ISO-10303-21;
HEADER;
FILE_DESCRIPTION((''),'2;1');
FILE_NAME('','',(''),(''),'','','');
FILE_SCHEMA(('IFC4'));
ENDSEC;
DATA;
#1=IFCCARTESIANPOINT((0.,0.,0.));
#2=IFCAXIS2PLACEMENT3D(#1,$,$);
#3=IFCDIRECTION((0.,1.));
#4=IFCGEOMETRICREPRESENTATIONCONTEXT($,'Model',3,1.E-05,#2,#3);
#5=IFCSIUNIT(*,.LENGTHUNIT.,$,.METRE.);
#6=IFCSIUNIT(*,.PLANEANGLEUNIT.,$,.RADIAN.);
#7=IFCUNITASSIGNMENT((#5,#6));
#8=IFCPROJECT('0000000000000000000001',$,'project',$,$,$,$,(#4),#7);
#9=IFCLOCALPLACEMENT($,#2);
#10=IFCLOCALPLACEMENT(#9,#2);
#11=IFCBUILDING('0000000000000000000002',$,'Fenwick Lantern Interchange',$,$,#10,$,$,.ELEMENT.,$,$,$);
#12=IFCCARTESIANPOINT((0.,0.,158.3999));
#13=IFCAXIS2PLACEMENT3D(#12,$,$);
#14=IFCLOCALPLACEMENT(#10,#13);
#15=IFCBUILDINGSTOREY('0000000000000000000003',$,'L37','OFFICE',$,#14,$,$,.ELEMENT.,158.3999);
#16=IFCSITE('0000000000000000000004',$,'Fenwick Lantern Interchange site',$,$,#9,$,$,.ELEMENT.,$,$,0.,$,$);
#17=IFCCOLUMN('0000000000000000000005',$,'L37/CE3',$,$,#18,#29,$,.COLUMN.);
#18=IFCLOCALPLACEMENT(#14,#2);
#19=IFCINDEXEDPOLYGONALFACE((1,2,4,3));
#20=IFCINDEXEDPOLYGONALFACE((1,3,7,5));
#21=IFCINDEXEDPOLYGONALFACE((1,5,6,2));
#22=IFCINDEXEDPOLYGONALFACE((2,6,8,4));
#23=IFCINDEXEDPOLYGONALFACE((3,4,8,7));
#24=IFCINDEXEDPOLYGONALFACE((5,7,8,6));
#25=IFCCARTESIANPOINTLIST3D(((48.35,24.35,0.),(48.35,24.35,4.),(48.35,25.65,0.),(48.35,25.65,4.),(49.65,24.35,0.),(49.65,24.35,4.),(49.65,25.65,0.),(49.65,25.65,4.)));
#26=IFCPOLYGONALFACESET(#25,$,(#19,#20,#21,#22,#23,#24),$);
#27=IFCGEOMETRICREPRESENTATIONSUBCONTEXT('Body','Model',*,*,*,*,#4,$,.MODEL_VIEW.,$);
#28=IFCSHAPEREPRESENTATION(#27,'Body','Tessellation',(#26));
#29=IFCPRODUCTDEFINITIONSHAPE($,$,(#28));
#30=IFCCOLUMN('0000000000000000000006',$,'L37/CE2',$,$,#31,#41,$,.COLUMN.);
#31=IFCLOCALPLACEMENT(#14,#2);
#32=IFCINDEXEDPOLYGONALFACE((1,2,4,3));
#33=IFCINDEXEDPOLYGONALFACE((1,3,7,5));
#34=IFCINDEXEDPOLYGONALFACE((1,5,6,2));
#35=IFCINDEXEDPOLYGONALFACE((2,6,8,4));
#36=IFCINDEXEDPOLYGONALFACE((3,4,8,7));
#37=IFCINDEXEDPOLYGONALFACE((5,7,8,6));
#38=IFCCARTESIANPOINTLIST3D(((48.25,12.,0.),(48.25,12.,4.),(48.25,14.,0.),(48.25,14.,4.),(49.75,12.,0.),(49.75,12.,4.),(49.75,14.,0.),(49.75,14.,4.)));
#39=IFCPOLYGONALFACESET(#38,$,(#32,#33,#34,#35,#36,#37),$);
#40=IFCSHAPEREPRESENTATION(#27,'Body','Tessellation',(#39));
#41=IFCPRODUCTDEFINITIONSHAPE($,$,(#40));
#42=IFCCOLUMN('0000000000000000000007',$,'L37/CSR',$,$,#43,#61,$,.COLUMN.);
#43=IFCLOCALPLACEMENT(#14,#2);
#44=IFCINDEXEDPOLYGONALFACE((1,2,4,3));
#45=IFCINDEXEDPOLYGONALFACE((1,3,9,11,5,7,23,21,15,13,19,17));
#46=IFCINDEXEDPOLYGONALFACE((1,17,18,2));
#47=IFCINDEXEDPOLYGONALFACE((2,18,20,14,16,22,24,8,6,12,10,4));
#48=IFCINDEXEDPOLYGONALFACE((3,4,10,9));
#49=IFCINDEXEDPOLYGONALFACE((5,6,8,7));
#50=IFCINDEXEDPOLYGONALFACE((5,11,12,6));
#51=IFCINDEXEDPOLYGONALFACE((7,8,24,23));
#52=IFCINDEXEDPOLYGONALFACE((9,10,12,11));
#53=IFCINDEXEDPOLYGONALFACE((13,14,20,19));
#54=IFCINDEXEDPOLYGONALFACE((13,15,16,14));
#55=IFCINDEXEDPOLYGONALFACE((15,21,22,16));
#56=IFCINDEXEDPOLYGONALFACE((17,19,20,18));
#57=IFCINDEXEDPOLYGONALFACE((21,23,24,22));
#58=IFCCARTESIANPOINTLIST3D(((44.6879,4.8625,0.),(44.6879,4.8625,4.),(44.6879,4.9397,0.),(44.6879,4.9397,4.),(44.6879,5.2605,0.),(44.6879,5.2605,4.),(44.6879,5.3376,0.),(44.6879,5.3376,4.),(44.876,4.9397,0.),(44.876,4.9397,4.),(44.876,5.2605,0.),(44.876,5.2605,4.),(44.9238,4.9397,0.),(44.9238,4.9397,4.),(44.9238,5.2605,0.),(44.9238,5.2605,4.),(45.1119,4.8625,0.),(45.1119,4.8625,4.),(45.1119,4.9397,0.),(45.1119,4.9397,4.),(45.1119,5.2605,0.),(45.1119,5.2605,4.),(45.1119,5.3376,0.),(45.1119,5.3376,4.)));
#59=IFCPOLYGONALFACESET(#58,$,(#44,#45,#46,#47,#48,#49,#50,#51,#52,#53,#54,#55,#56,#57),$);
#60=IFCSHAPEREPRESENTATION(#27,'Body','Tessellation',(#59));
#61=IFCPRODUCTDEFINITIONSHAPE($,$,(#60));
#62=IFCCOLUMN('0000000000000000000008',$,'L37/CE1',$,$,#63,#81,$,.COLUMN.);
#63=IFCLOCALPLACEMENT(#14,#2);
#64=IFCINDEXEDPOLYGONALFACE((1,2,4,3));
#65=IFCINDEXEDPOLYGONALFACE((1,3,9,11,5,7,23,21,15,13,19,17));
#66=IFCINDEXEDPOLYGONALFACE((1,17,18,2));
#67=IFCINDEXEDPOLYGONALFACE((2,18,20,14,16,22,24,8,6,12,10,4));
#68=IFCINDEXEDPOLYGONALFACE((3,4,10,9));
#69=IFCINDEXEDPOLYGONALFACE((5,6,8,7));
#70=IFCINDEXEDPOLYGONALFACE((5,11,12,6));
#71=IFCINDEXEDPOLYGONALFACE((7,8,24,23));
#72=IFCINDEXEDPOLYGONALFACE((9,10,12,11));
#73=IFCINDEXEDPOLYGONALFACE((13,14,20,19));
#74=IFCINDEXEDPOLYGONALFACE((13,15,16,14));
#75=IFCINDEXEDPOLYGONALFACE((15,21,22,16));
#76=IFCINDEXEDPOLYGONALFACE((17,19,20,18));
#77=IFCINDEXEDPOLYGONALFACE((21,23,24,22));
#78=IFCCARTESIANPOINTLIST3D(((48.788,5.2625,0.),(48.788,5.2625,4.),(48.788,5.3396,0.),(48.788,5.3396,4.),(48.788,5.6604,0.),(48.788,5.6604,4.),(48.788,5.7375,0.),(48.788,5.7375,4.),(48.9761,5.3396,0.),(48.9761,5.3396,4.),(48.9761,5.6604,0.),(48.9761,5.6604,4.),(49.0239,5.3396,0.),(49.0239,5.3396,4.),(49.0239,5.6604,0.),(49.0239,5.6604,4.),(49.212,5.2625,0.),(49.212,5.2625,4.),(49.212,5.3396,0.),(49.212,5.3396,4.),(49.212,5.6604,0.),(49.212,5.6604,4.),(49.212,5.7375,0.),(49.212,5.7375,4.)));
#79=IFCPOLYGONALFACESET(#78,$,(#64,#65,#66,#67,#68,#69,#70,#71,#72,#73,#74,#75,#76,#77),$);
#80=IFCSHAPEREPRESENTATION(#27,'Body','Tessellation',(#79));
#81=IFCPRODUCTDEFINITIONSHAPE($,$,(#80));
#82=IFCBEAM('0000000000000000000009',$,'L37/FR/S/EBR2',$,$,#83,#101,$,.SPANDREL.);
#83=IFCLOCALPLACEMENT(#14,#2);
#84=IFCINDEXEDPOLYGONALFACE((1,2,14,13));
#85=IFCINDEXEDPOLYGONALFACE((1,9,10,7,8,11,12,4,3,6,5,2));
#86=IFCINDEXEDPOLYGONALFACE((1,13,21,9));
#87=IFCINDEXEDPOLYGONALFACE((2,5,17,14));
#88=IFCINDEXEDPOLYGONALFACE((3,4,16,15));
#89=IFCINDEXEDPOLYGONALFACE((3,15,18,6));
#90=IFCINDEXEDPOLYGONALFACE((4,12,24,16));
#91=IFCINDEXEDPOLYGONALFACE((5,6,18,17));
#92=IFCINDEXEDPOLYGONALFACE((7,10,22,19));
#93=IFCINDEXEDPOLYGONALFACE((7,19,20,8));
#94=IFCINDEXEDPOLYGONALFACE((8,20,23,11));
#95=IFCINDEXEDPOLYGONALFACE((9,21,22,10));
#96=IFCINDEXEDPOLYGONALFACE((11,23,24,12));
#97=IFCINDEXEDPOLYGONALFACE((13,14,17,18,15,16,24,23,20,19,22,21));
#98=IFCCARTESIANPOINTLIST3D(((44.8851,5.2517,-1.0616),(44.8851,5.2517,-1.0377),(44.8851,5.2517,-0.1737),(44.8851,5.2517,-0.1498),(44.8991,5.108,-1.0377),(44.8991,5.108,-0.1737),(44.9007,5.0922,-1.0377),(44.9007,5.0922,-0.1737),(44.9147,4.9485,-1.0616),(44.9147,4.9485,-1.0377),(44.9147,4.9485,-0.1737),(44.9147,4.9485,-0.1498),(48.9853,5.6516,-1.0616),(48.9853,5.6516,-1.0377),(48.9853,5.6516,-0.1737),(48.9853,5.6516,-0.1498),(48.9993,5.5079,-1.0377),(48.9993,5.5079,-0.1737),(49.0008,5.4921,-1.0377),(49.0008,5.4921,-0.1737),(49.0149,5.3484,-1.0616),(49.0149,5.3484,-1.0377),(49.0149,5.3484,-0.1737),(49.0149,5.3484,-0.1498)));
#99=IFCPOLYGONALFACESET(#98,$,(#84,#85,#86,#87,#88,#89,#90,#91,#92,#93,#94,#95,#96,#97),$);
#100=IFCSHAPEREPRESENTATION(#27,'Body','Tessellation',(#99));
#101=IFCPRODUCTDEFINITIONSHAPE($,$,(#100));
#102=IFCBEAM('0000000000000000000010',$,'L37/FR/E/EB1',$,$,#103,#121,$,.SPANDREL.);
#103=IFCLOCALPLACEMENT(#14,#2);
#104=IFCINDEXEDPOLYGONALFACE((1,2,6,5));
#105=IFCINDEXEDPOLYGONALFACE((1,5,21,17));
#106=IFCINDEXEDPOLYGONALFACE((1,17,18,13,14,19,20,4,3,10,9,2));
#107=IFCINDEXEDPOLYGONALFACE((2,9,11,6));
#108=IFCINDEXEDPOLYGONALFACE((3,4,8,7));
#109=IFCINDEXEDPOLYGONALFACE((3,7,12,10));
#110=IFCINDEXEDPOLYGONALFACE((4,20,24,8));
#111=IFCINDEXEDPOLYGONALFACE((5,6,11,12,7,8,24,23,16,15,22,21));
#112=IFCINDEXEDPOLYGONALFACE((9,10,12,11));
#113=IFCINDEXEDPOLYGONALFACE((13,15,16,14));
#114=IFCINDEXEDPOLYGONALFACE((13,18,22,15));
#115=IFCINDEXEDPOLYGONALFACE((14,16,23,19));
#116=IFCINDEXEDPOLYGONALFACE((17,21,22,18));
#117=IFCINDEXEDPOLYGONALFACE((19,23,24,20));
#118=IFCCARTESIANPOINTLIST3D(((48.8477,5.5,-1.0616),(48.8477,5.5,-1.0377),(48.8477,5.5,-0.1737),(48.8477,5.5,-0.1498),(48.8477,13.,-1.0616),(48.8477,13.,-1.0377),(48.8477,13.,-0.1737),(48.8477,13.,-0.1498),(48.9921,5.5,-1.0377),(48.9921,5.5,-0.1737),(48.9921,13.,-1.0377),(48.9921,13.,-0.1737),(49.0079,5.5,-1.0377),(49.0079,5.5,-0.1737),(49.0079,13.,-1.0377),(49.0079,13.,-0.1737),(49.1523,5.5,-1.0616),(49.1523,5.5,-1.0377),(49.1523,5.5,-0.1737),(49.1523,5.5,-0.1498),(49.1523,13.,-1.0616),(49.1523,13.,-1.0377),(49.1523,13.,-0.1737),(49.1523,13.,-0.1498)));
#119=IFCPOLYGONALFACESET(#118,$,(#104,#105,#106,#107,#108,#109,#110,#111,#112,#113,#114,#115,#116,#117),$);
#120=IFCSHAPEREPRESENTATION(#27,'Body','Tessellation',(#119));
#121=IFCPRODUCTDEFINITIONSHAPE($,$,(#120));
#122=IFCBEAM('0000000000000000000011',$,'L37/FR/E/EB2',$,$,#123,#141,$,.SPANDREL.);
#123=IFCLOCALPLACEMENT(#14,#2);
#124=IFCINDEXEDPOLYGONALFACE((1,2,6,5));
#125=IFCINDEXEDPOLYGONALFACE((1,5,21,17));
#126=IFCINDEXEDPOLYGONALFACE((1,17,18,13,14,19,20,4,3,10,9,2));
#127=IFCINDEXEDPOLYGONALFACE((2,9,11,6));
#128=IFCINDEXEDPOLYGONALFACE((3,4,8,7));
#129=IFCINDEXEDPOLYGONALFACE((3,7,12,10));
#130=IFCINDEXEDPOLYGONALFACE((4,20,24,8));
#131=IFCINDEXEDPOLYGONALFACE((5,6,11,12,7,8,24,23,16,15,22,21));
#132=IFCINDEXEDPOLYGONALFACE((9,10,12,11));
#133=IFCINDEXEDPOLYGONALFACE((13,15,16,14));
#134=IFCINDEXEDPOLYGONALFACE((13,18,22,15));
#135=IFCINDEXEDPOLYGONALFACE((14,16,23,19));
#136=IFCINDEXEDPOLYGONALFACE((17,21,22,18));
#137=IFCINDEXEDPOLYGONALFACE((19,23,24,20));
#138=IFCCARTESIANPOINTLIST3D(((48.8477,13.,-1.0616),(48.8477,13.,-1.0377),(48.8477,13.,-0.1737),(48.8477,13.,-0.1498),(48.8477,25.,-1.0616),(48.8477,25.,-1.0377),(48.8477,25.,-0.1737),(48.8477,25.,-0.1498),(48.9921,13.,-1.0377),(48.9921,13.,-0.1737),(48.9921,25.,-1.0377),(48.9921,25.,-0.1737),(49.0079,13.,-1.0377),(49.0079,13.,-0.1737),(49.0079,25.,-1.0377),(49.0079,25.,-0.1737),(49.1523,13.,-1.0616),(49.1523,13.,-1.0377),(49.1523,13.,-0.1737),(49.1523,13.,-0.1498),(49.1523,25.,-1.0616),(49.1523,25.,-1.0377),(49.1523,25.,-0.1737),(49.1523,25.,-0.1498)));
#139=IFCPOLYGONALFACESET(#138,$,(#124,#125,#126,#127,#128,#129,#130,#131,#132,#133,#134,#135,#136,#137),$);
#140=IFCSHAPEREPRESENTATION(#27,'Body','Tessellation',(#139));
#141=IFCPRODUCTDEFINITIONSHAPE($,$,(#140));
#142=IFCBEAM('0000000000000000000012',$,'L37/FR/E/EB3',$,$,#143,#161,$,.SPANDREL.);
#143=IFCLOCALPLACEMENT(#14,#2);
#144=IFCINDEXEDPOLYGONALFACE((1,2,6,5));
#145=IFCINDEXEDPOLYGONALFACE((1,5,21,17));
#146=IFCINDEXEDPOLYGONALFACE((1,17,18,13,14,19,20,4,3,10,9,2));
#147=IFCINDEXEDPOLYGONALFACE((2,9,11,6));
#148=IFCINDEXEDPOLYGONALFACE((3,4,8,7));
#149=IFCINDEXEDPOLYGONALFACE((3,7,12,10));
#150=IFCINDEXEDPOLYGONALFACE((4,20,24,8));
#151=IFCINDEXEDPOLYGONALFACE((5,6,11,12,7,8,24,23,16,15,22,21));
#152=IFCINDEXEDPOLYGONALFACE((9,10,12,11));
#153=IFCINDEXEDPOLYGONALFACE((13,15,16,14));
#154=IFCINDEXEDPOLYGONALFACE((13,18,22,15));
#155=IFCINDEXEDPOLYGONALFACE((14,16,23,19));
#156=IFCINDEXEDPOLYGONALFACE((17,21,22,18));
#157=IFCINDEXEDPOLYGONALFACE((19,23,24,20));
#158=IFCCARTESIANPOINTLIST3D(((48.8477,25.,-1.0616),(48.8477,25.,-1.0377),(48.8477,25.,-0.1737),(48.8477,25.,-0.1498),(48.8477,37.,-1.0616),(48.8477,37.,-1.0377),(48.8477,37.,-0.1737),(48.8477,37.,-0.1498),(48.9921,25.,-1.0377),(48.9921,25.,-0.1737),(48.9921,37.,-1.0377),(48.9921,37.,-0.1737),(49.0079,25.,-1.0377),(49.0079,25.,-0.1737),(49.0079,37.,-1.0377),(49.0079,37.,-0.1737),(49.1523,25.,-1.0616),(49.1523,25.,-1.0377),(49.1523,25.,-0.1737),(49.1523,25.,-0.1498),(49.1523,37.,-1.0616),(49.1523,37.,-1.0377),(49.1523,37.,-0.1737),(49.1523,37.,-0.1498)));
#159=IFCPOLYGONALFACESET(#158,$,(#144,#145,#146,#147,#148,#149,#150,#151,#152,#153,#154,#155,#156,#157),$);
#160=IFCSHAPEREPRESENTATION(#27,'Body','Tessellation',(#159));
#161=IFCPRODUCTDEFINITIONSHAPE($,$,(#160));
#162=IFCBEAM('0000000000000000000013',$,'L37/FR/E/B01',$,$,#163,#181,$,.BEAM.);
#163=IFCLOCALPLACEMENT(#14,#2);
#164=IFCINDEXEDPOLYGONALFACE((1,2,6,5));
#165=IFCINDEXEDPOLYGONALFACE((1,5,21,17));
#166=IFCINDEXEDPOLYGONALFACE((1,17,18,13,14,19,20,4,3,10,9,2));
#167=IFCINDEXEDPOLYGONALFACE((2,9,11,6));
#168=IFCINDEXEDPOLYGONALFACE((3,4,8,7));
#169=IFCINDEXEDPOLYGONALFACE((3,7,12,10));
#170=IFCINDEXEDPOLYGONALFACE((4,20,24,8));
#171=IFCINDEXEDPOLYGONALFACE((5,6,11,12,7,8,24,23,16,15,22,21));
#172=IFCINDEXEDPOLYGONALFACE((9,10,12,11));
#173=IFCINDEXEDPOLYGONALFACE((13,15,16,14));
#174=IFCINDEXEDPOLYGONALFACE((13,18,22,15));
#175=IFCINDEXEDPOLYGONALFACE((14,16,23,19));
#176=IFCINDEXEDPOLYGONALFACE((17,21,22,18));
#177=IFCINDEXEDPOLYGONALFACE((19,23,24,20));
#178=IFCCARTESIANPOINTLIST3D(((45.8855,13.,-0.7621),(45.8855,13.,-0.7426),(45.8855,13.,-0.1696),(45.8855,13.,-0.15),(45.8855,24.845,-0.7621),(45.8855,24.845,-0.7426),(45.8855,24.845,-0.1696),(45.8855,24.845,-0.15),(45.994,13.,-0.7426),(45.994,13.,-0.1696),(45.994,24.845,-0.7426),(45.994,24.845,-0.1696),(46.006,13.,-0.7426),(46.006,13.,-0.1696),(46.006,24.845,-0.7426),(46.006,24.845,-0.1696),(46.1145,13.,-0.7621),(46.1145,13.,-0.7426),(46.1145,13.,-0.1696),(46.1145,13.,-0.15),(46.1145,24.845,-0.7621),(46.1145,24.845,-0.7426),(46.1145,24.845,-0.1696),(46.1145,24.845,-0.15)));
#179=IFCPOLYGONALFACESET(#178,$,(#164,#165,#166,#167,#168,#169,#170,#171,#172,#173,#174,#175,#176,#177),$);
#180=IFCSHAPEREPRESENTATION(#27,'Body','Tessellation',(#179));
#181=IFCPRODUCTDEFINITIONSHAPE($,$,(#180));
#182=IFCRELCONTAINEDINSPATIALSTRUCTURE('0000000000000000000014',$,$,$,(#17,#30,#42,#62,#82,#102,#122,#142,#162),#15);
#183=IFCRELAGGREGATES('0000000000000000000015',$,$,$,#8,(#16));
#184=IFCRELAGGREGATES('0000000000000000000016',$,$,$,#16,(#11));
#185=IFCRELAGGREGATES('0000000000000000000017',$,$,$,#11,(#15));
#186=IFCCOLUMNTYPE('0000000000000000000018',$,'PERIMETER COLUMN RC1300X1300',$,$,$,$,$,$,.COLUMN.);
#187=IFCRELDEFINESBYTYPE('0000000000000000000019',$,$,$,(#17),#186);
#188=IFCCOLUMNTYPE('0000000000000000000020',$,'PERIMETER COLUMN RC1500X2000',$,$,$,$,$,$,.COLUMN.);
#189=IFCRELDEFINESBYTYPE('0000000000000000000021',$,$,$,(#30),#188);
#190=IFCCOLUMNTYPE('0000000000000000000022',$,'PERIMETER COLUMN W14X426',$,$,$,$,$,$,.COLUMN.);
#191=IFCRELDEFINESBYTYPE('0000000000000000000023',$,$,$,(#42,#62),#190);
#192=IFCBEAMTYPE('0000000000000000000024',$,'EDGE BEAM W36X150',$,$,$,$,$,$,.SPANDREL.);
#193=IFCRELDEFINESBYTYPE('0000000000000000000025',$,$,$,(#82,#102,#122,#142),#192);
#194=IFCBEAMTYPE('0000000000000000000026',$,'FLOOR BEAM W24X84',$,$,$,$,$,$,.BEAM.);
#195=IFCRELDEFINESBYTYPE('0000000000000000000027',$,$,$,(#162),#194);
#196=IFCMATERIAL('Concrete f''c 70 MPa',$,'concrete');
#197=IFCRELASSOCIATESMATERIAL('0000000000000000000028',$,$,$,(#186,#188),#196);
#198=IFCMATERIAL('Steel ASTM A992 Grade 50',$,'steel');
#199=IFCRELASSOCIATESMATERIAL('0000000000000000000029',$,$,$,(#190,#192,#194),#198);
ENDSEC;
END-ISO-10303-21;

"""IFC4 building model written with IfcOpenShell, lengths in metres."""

from ifc_helpers import new_model, si_unit, direction, frame, origin, origin_2d, place, context, subcontext, project, spatial, rectangle, i_section, extrude, material, material_profile, profile_set, type_object, element, save


model = new_model("IFC4")

# Units and contexts
model_context = context("Model", 3, precision=1e-05, world=origin(), true_north=direction((0.0, 1.0)))
body_context = subcontext(model_context, "Body", "Model", "MODEL_VIEW")
ifc_project = project(units=[si_unit("LENGTHUNIT", "METRE"), si_unit("PLANEANGLEUNIT", "RADIAN")], contexts=[model_context])

# Site, building, storey
site_placement = place(None, origin())
site = spatial("IfcSite", under=ifc_project, at=site_placement, Name="Fenwick Lantern Interchange site", CompositionType="ELEMENT", RefElevation=0.0)
building_placement = place(site_placement, origin())
building = spatial("IfcBuilding", under=site, at=building_placement, Name="Fenwick Lantern Interchange", CompositionType="ELEMENT")
storey_placement = place(building_placement, frame((0.0, 0.0, 158.3999)))
storey = spatial("IfcBuildingStorey", under=building, at=storey_placement, Name="L37", Description="OFFICE", CompositionType="ELEMENT", Elevation=158.3999)

# Columns
ifc_material_1 = material(Name="Concrete f'c 70 MPa", Category="concrete")
ifc_material_profile_1 = material_profile(ifc_material_1, rectangle(XDim=1.3, YDim=1.3, at=origin_2d()), Name="RC1300X1300")
ifc_profile_set_1 = profile_set([ifc_material_profile_1], Name="Concrete f'c 70 MPa")
column_type_1 = type_object("IfcColumnType", Name="PERIMETER COLUMN RC1300X1300", PredefinedType="COLUMN", material=ifc_profile_set_1)
column_1_placement = place(storey_placement, frame((49.0, 25.0, 0.0), z_axis=(0.0, 0.0, 1.0), x_axis=(1.0, 0.0, 0.0)))
element("IfcColumn", 1, at=column_1_placement, inside=storey, type_object=column_type_1, Name="L37/CE3", PredefinedType="COLUMN", context=body_context, shape_type="SweptSolid", body=[
    extrude(rectangle(XDim=1.3, YDim=1.3, at=origin_2d()), origin(), (0.0, 0.0, 1.0), 4.0),
])
ifc_material_profile_2 = material_profile(ifc_material_1, rectangle(XDim=1.5, YDim=2.0, at=origin_2d()), Name="RC1500X2000")
ifc_profile_set_2 = profile_set([ifc_material_profile_2], Name="Concrete f'c 70 MPa")
column_type_2 = type_object("IfcColumnType", Name="PERIMETER COLUMN RC1500X2000", PredefinedType="COLUMN", material=ifc_profile_set_2)
column_2_placement = place(storey_placement, frame((49.0, 13.0, 0.0), z_axis=(0.0, 0.0, 1.0), x_axis=(1.0, 0.0, 0.0)))
element("IfcColumn", 2, at=column_2_placement, inside=storey, type_object=column_type_2, Name="L37/CE2", PredefinedType="COLUMN", context=body_context, shape_type="SweptSolid", body=[
    extrude(rectangle(XDim=1.5, YDim=2.0, at=origin_2d()), origin(), (0.0, 0.0, 1.0), 4.0),
])
ifc_material_2 = material(Name="Steel ASTM A992 Grade 50", Category="steel")
ifc_material_profile_3 = material_profile(ifc_material_2, i_section(OverallWidth=0.4241, OverallDepth=0.4751, WebThickness=0.0479, FlangeThickness=0.0771, at=origin_2d()), Name="W14X426")
ifc_profile_set_3 = profile_set([ifc_material_profile_3], Name="Steel ASTM A992 Grade 50")
column_type_3 = type_object("IfcColumnType", Name="PERIMETER COLUMN W14X426", PredefinedType="COLUMN", material=ifc_profile_set_3)
for number, where, z_axis, x_axis, name in (
    (3, (44.8999, 5.1001, 0.0), (0.0, 0.0, 1.0), (1.0, 0.0, 0.0), "L37/CSR"),
    (4, (49.0, 5.5, 0.0), (0.0, 0.0, 1.0), (1.0, 0.0, 0.0), "L37/CE1"),
):
    element("IfcColumn", number, at=place(storey_placement, frame(where, z_axis=z_axis, x_axis=x_axis)), inside=storey, type_object=column_type_3, Name=name, PredefinedType="COLUMN", context=body_context, shape_type="SweptSolid", body=[
        extrude(i_section(OverallWidth=0.4241, OverallDepth=0.4751, WebThickness=0.0479, FlangeThickness=0.0771, at=origin_2d()), origin(), (0.0, 0.0, 1.0), 4.0),
    ])

# Beams
ifc_material_profile_4 = material_profile(ifc_material_2, i_section(OverallWidth=0.3047, OverallDepth=0.9119, WebThickness=0.0159, FlangeThickness=0.0239, at=origin_2d()), Name="W36X150")
ifc_profile_set_4 = profile_set([ifc_material_profile_4], Name="Steel ASTM A992 Grade 50")
beam_type_1 = type_object("IfcBeamType", Name="EDGE BEAM W36X150", PredefinedType="SPANDREL", material=ifc_profile_set_4)
beam_1_placement = place(storey_placement, frame((44.8999, 5.1001, -0.6057), z_axis=(0.995277, 0.097074, 0.0), x_axis=(-0.097074, 0.995277, 0.0)))
element("IfcBeam", 5, at=beam_1_placement, inside=storey, type_object=beam_type_1, Name="L37/FR/S/EBR2", PredefinedType="SPANDREL", context=body_context, shape_type="SweptSolid", body=[
    extrude(i_section(OverallWidth=0.3047, OverallDepth=0.9119, WebThickness=0.0159, FlangeThickness=0.0239, at=origin_2d()), origin(), (0.0, 0.0, 1.0), 4.1196),
])
beam_2_placement = place(storey_placement, frame((49.0, 5.5, -0.6057), z_axis=(0.0, 1.0, 0.0), x_axis=(-1.0, 0.0, 0.0)))
element("IfcBeam", 6, at=beam_2_placement, inside=storey, type_object=beam_type_1, Name="L37/FR/E/EB1", PredefinedType="SPANDREL", context=body_context, shape_type="SweptSolid", body=[
    extrude(i_section(OverallWidth=0.3047, OverallDepth=0.9119, WebThickness=0.0159, FlangeThickness=0.0239, at=origin_2d()), origin(), (0.0, 0.0, 1.0), 7.5),
])
for number, where, z_axis, x_axis, name in (
    (7, (49.0, 13.0, -0.6057), (0.0, 1.0, 0.0), (-1.0, 0.0, 0.0), "L37/FR/E/EB2"),
    (8, (49.0, 25.0, -0.6057), (0.0, 1.0, 0.0), (-1.0, 0.0, 0.0), "L37/FR/E/EB3"),
):
    element("IfcBeam", number, at=place(storey_placement, frame(where, z_axis=z_axis, x_axis=x_axis)), inside=storey, type_object=beam_type_1, Name=name, PredefinedType="SPANDREL", context=body_context, shape_type="SweptSolid", body=[
        extrude(i_section(OverallWidth=0.3047, OverallDepth=0.9119, WebThickness=0.0159, FlangeThickness=0.0239, at=origin_2d()), origin(), (0.0, 0.0, 1.0), 12.0),
    ])
ifc_material_profile_5 = material_profile(ifc_material_2, i_section(OverallWidth=0.229, OverallDepth=0.6121, WebThickness=0.012, FlangeThickness=0.0195, at=origin_2d()), Name="W24X84")
ifc_profile_set_5 = profile_set([ifc_material_profile_5], Name="Steel ASTM A992 Grade 50")
beam_type_2 = type_object("IfcBeamType", Name="FLOOR BEAM W24X84", PredefinedType="BEAM", material=ifc_profile_set_5)
for number, where, z_axis, x_axis, name in (
    (9, (46.0, 13.0, -0.4561), (0.0, 1.0, 0.0), (-1.0, 0.0, 0.0), "L37/FR/E/B01"),
):
    element("IfcBeam", number, at=place(storey_placement, frame(where, z_axis=z_axis, x_axis=x_axis)), inside=storey, type_object=beam_type_2, Name=name, PredefinedType="BEAM", context=body_context, shape_type="SweptSolid", body=[
        extrude(i_section(OverallWidth=0.229, OverallDepth=0.6121, WebThickness=0.012, FlangeThickness=0.0195, at=origin_2d()), origin(), (0.0, 0.0, 1.0), 11.845),
    ])

save(model, "model.ifc")
